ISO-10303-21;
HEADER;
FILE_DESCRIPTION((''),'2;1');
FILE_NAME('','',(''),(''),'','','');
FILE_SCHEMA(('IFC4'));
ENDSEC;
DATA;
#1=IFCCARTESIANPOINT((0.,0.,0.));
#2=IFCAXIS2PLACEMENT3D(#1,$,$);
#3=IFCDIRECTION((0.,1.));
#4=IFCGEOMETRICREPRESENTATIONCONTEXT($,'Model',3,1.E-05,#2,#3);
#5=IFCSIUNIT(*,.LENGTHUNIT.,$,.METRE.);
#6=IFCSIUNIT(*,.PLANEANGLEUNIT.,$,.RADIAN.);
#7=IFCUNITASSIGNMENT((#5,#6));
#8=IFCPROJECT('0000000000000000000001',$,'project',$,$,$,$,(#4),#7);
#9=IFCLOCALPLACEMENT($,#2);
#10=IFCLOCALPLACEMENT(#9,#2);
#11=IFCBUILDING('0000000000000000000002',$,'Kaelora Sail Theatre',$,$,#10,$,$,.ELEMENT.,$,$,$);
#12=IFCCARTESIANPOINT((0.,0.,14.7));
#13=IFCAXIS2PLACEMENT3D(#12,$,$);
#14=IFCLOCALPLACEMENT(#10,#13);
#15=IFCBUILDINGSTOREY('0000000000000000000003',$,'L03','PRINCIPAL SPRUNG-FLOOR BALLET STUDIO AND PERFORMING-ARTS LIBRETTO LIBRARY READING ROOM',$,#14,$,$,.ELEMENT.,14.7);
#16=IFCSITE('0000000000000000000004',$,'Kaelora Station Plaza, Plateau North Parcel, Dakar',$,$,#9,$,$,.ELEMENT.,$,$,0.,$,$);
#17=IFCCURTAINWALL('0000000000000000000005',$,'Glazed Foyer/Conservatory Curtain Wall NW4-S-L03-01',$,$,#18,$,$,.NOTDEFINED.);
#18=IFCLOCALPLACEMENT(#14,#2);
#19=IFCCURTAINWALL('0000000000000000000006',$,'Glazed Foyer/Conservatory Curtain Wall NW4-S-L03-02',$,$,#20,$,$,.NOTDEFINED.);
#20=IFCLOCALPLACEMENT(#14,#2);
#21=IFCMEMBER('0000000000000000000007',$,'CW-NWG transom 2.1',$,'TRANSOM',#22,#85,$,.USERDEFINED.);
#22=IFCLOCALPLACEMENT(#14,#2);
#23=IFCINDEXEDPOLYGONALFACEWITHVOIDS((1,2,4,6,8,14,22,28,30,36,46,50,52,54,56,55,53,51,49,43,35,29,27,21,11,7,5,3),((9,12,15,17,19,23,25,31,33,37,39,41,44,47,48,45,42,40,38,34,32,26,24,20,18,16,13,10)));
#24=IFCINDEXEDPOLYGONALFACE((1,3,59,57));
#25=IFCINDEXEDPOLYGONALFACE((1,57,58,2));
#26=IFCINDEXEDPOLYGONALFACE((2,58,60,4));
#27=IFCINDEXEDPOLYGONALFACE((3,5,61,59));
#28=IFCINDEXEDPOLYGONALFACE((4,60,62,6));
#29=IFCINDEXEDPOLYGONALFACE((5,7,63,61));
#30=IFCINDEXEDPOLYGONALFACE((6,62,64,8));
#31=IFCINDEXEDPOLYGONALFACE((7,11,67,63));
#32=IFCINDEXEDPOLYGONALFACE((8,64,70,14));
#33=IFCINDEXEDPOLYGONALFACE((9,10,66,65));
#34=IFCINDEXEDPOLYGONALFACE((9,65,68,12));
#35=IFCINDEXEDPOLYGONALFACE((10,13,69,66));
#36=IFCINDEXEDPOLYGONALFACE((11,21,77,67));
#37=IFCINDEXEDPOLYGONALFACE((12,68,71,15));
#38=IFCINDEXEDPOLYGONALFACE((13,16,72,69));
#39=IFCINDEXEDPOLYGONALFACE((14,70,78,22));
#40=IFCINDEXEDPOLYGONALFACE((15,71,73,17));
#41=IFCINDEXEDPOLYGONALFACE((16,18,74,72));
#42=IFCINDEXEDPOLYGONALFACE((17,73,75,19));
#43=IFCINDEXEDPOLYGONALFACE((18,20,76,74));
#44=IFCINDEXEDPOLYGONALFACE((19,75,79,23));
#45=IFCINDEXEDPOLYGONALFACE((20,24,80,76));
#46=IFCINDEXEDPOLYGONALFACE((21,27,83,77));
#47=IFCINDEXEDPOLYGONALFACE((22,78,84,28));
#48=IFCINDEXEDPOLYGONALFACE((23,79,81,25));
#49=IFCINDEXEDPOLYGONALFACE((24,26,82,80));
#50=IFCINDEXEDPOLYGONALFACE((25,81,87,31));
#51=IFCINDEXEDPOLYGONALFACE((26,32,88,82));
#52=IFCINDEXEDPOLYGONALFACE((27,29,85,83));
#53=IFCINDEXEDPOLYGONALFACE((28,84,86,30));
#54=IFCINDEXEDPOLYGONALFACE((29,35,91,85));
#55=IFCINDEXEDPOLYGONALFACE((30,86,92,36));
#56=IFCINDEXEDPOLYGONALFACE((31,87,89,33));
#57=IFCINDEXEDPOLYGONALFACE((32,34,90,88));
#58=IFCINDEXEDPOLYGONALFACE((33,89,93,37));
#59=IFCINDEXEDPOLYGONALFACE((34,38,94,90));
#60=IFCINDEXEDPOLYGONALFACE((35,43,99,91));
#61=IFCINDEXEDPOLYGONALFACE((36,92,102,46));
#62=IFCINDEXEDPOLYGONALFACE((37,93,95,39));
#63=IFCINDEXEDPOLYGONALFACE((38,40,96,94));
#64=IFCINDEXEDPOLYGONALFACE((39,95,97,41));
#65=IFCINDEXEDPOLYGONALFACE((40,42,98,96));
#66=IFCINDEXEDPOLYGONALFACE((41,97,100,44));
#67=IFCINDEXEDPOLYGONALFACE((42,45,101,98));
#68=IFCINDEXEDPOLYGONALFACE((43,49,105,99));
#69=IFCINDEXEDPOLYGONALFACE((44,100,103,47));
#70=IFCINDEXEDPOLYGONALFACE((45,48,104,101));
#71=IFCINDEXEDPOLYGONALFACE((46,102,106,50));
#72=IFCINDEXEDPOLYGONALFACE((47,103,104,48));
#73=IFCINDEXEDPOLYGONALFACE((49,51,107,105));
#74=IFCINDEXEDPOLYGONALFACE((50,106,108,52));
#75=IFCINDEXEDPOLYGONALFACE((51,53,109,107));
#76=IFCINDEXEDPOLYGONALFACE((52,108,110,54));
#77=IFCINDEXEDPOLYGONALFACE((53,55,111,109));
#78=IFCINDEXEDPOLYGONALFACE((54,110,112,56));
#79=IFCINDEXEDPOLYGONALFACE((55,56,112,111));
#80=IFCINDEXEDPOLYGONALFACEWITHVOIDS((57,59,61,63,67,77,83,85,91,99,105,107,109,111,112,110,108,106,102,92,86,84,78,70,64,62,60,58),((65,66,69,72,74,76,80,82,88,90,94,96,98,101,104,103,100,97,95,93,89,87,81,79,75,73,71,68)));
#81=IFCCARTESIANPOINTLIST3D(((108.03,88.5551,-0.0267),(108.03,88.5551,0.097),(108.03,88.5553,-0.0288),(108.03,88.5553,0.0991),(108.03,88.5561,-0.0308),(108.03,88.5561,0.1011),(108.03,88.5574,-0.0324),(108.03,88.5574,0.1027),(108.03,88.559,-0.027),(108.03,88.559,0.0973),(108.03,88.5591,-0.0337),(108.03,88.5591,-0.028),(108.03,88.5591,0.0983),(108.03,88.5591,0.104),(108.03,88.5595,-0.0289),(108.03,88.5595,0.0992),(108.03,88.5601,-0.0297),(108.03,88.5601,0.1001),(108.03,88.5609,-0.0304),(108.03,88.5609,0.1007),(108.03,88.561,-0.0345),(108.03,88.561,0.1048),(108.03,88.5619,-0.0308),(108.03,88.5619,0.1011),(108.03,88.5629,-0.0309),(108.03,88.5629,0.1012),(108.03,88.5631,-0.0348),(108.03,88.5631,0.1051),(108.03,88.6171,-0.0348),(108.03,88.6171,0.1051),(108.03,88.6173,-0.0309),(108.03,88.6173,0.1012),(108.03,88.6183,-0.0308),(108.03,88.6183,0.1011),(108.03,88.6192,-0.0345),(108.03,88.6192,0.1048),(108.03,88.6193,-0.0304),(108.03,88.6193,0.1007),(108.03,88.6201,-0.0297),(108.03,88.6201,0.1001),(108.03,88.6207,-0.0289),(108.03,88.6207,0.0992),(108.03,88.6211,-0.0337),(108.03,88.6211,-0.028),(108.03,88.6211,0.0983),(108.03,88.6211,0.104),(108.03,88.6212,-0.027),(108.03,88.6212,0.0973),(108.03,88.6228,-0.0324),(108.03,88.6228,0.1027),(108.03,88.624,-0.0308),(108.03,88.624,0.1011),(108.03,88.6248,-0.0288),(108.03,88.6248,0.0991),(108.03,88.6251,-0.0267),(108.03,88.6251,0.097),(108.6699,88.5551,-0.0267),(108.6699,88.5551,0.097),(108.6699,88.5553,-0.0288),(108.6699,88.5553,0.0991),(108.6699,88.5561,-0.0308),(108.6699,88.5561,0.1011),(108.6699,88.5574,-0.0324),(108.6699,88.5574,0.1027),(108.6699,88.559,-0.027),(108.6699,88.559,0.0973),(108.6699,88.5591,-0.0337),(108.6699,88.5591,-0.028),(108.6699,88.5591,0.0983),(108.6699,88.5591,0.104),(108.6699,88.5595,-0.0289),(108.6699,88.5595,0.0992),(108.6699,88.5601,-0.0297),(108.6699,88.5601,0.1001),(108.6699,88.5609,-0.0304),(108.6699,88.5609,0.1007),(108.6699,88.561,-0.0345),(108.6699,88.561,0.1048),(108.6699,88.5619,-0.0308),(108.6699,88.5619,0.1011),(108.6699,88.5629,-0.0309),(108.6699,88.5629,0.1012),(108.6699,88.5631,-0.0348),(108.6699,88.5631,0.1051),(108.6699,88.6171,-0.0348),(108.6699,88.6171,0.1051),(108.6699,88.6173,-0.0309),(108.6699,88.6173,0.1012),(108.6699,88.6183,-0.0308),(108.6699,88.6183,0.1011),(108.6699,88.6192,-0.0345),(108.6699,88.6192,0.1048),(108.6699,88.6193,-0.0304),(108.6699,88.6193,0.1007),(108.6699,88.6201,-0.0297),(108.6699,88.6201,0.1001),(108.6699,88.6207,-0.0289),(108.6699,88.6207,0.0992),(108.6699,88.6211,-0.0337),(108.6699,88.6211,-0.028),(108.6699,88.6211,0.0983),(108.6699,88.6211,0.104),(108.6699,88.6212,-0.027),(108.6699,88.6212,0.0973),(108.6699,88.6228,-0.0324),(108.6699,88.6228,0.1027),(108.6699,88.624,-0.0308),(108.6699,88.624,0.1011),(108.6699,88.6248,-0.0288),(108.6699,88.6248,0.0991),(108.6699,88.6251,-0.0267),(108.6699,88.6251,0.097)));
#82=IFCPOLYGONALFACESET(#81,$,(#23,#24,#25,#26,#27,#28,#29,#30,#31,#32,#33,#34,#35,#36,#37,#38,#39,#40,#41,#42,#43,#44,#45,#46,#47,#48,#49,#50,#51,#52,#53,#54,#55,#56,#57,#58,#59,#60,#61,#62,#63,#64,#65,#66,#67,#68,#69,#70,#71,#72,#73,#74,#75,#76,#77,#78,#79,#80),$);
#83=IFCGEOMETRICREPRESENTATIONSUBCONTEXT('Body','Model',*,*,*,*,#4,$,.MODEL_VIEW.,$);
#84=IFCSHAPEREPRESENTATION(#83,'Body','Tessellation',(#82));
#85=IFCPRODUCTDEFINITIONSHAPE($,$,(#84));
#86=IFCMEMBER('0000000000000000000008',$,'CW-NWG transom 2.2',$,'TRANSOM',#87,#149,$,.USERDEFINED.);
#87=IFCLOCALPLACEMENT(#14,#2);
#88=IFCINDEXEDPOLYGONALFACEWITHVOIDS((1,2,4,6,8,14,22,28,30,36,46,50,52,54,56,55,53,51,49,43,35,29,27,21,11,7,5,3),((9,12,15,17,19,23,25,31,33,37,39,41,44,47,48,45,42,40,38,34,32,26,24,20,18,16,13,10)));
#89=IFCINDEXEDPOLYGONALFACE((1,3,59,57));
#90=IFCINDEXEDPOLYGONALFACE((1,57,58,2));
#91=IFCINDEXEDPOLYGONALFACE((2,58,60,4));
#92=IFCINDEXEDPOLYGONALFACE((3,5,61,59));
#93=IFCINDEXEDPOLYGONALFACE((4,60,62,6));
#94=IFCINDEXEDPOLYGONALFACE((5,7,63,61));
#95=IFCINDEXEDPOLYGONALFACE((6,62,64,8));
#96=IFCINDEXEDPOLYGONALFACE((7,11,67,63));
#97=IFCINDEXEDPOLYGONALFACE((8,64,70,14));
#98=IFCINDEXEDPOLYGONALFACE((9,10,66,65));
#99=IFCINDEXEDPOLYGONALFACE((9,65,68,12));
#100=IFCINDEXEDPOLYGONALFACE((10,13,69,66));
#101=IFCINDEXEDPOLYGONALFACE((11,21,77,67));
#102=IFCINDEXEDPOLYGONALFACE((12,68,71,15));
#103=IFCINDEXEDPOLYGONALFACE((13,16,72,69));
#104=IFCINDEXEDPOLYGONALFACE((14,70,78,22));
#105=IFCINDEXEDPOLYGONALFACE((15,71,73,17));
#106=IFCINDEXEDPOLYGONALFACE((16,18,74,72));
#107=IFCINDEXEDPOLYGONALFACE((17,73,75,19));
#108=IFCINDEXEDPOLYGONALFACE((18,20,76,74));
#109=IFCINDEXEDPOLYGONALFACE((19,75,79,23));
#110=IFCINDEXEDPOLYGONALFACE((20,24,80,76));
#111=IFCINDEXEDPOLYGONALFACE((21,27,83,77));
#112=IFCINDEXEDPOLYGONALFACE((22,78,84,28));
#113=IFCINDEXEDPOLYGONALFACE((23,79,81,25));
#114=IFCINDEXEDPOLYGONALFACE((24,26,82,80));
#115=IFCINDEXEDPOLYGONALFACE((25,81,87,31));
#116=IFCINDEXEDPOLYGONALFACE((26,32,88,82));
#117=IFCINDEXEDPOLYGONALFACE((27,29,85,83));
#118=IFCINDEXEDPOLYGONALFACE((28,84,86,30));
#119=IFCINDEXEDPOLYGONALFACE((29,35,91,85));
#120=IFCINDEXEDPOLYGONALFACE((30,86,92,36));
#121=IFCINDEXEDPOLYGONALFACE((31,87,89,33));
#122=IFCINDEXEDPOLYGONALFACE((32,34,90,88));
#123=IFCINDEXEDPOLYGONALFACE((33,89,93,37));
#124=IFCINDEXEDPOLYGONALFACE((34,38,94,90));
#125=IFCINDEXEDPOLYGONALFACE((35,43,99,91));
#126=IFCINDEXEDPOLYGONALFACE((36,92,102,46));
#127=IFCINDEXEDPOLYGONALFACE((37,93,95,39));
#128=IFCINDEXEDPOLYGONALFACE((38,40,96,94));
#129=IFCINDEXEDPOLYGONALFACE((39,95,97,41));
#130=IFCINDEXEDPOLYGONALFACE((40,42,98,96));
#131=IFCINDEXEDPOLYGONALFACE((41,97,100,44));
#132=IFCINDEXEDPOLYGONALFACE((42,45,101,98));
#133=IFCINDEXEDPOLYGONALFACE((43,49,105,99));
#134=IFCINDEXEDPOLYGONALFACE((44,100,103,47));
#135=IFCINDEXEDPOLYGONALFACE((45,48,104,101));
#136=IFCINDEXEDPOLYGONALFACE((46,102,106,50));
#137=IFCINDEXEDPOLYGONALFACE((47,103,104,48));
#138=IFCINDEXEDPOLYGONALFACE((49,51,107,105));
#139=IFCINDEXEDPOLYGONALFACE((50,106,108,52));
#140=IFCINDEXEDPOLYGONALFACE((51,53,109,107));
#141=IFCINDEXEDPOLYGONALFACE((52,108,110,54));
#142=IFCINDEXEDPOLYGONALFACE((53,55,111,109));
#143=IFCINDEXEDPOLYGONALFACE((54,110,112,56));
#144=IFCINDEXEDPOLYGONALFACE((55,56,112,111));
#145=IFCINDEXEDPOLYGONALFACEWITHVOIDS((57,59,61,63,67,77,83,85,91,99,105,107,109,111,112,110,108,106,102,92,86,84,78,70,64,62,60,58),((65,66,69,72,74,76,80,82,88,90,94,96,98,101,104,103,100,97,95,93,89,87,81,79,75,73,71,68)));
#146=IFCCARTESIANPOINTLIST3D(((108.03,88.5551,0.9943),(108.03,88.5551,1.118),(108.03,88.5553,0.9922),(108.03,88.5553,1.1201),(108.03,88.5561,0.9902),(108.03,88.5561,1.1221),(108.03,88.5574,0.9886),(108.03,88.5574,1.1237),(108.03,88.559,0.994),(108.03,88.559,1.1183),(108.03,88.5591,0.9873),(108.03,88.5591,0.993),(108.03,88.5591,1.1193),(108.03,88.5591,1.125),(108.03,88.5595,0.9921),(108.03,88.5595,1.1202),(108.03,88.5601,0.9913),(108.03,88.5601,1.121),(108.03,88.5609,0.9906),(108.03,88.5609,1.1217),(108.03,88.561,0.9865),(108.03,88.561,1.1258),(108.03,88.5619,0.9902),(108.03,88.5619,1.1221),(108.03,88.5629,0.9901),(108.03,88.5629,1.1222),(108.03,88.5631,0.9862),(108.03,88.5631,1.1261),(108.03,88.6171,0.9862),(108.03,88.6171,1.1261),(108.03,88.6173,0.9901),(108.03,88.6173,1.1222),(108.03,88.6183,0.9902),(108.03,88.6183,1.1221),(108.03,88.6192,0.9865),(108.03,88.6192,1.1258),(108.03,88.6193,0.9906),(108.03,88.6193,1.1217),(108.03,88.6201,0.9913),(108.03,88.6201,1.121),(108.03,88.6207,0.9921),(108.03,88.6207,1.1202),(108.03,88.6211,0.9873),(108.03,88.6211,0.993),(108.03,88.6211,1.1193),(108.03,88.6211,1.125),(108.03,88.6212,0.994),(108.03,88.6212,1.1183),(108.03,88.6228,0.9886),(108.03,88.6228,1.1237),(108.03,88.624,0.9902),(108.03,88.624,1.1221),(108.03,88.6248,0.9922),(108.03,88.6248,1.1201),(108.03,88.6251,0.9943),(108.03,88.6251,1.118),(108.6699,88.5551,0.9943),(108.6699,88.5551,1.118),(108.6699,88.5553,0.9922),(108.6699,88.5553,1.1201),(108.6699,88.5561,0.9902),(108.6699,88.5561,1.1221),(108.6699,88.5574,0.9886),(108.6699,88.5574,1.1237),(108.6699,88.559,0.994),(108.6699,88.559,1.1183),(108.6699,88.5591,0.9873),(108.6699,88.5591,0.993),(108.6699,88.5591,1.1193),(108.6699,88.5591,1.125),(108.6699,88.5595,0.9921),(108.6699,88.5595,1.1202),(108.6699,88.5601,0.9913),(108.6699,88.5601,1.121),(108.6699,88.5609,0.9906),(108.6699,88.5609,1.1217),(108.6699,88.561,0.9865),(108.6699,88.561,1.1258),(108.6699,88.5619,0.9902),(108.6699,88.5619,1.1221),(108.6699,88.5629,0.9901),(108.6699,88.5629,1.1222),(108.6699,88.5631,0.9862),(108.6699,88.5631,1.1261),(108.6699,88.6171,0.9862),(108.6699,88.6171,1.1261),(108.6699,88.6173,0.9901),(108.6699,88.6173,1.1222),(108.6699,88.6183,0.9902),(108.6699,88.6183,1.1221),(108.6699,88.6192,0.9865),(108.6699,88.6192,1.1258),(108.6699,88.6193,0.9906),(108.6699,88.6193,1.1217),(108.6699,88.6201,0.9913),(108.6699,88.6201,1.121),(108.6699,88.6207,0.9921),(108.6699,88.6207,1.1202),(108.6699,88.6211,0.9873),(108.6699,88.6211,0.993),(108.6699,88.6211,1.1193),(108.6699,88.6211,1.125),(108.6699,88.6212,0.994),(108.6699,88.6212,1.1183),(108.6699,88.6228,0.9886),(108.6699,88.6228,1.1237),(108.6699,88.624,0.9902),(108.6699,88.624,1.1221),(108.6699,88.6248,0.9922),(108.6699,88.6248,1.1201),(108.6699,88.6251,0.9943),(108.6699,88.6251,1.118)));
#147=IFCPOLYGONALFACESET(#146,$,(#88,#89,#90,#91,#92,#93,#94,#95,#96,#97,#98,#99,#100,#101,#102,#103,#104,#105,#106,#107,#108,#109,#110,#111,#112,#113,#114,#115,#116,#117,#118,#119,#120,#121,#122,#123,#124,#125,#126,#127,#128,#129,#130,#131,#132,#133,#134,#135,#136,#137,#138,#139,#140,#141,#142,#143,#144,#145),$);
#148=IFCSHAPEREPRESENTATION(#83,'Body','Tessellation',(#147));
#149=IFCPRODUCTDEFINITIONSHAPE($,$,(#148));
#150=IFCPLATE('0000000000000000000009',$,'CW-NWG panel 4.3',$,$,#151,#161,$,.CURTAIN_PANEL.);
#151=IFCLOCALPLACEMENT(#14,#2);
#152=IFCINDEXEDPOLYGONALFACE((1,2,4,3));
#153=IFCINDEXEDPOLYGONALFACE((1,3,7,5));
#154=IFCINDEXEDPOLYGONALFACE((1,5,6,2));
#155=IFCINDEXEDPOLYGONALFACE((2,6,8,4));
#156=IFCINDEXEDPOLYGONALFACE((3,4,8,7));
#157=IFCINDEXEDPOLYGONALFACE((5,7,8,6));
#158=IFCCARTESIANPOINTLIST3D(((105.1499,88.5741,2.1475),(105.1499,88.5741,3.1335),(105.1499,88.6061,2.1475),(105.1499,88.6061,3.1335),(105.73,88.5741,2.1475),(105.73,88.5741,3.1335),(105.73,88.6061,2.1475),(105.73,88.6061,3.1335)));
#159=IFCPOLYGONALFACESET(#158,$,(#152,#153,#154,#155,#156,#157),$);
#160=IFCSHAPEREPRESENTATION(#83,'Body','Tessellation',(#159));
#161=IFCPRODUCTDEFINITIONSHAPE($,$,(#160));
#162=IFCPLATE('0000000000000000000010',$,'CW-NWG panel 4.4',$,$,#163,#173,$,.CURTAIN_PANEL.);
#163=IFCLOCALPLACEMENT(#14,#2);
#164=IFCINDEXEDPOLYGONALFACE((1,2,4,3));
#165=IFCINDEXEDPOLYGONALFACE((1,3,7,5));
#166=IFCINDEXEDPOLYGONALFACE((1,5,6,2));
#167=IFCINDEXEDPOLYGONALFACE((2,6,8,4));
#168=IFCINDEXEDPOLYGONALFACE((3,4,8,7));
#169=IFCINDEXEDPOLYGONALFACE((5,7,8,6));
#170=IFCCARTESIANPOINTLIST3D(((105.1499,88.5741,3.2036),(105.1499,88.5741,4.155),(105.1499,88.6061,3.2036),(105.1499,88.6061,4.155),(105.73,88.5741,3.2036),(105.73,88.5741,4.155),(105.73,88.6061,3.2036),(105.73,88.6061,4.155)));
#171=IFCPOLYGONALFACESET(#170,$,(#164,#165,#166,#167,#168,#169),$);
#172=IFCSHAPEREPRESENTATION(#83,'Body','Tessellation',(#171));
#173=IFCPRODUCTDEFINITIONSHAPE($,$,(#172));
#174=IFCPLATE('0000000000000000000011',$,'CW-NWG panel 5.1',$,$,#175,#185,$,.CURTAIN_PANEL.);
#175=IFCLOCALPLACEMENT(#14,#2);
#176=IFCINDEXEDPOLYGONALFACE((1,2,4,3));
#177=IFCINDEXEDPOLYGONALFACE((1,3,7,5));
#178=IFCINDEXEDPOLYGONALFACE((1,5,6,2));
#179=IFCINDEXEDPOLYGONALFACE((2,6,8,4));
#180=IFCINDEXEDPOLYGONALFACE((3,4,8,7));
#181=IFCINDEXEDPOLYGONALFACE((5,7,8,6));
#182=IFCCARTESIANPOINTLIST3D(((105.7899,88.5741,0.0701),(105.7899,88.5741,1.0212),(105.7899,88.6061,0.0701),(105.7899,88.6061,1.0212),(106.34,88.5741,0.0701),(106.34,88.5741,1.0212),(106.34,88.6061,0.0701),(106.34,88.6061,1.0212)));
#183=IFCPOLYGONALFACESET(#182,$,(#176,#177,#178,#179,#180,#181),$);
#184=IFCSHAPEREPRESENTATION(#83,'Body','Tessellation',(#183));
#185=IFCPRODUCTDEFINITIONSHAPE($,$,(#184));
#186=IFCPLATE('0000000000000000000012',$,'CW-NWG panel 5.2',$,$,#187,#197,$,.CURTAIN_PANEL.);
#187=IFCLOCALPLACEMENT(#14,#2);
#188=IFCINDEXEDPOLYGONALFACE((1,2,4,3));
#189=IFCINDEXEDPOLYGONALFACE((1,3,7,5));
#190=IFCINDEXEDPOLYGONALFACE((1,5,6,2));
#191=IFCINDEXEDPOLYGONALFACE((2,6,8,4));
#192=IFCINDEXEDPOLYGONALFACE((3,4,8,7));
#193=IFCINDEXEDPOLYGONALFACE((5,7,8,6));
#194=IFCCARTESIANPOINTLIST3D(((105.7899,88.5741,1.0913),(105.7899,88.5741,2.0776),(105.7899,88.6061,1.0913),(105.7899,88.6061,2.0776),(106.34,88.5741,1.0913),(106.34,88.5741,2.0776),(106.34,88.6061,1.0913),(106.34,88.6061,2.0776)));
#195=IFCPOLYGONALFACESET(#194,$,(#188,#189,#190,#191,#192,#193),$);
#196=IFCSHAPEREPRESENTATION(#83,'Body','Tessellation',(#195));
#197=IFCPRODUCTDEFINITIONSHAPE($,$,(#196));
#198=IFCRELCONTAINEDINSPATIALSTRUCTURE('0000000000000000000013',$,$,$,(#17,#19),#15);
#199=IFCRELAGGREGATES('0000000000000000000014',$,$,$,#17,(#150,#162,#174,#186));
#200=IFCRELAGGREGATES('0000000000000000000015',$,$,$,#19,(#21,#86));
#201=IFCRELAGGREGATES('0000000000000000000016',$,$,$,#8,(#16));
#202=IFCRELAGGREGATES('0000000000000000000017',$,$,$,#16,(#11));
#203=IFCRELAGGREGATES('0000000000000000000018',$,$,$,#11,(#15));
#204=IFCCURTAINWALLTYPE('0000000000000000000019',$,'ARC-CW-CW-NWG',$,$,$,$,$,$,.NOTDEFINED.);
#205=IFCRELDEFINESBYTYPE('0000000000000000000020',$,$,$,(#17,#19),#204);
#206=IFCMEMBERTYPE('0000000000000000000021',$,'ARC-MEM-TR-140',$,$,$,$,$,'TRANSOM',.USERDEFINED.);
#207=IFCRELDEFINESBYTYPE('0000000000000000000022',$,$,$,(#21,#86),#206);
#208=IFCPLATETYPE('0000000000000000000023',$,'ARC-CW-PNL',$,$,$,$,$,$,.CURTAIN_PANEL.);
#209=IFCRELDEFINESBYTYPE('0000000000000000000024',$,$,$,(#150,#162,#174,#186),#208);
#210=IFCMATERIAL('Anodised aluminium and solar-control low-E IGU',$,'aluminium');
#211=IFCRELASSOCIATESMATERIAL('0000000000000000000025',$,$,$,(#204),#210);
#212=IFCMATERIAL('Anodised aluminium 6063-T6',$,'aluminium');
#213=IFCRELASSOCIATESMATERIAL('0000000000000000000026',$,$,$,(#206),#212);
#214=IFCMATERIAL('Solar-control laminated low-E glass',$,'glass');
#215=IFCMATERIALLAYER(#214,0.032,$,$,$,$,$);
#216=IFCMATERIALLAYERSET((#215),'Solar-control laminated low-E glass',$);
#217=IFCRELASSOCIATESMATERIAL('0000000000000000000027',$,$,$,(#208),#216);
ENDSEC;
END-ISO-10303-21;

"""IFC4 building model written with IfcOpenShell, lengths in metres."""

from ifc_helpers import new_model, si_unit, direction, frame, origin, origin_2d, place, context, subcontext, project, spatial, rectangle, hollow_rectangle, extrude, material, layer, layer_set, material_profile, profile_set, type_object, element, aggregate, save


model = new_model("IFC4")

# Units and contexts
model_context = context("Model", 3, precision=1e-05, world=origin(), true_north=direction((0.0, 1.0)))
body_context = subcontext(model_context, "Body", "Model", "MODEL_VIEW")
ifc_project = project(units=[si_unit("LENGTHUNIT", "METRE"), si_unit("PLANEANGLEUNIT", "RADIAN")], contexts=[model_context])

# Site, building, storey
site_placement = place(None, origin())
site = spatial("IfcSite", under=ifc_project, at=site_placement, Name="Kaelora Station Plaza, Plateau North Parcel, Dakar", CompositionType="ELEMENT", RefElevation=0.0)
building_placement = place(site_placement, origin())
building = spatial("IfcBuilding", under=site, at=building_placement, Name="Kaelora Sail Theatre", CompositionType="ELEMENT")
storey_placement = place(building_placement, frame((0.0, 0.0, 14.7)))
storey = spatial("IfcBuildingStorey", under=building, at=storey_placement, Name="L03", Description="PRINCIPAL SPRUNG-FLOOR BALLET STUDIO AND PERFORMING-ARTS LIBRETTO LIBRARY READING ROOM", CompositionType="ELEMENT", Elevation=14.7)

# Curtain walls
ifc_material_1 = material(Name="Anodised aluminium and solar-control low-E IGU", Category="aluminium")
curtain_wall_type = type_object("IfcCurtainWallType", Name="ARC-CW-CW-NWG", PredefinedType="NOTDEFINED", material=ifc_material_1)
curtain_wall_1_placement = place(storey_placement, origin())
curtain_wall_1 = element("IfcCurtainWall", 1, at=curtain_wall_1_placement, inside=storey, type_object=curtain_wall_type, Name="Glazed Foyer/Conservatory Curtain Wall NW4-S-L03-01", PredefinedType="NOTDEFINED")
curtain_wall_2_placement = place(storey_placement, origin())
curtain_wall_2 = element("IfcCurtainWall", 2, at=curtain_wall_2_placement, inside=storey, type_object=curtain_wall_type, Name="Glazed Foyer/Conservatory Curtain Wall NW4-S-L03-02", PredefinedType="NOTDEFINED")

# Members
ifc_material_2 = material(Name="Anodised aluminium 6063-T6", Category="aluminium")
ifc_material_profile_1 = material_profile(ifc_material_2, hollow_rectangle(XDim=0.0701, YDim=0.1399, WallThickness=0.0039, InnerFilletRadius=0.0039, OuterFilletRadius=0.0081, at=origin_2d()), Name="ALU-TRAN 70x140x4")
ifc_profile_set_1 = profile_set([ifc_material_profile_1], Name="Anodised aluminium 6063-T6")
member_type_1 = type_object("IfcMemberType", Name="ARC-MEM-TR-140", ElementType="TRANSOM", PredefinedType="USERDEFINED", material=ifc_profile_set_1)
member_1_placement = place(storey_placement, frame((108.03, 88.5901, 0.0352), z_axis=(1.0, 0.0, 0.0), x_axis=(0.0, 1.0, 0.0)))
member_1 = element("IfcMember", 3, at=member_1_placement, type_object=member_type_1, Name="CW-NWG transom 2.1", ObjectType="TRANSOM", PredefinedType="USERDEFINED", context=body_context, shape_type="SweptSolid", body=[
    extrude(hollow_rectangle(XDim=0.0701, YDim=0.1399, WallThickness=0.0039, InnerFilletRadius=0.0039, OuterFilletRadius=0.0081, at=origin_2d()), origin(), (0.0, 0.0, 1.0), 0.6399),
])
member_2_placement = place(storey_placement, frame((108.03, 88.5901, 1.0562), z_axis=(1.0, 0.0, 0.0), x_axis=(0.0, 1.0, 0.0)))
member_2 = element("IfcMember", 4, at=member_2_placement, type_object=member_type_1, Name="CW-NWG transom 2.2", ObjectType="TRANSOM", PredefinedType="USERDEFINED", context=body_context, shape_type="SweptSolid", body=[
    extrude(hollow_rectangle(XDim=0.0701, YDim=0.1399, WallThickness=0.0039, InnerFilletRadius=0.0039, OuterFilletRadius=0.0081, at=origin_2d()), origin(), (0.0, 0.0, 1.0), 0.6399),
])

# Plates
ifc_material_3 = material(Name="Solar-control laminated low-E glass", Category="glass")
ifc_layer = layer(ifc_material_3, 0.032)
ifc_layer_set = layer_set([ifc_layer], Name="Solar-control laminated low-E glass")
plate_type = type_object("IfcPlateType", Name="ARC-CW-PNL", PredefinedType="CURTAIN_PANEL", material=ifc_layer_set)
plate_1_placement = place(storey_placement, frame((105.4399, 88.5901, 2.1475), z_axis=(0.0, 0.0, 1.0), x_axis=(1.0, 0.0, 0.0)))
plate_1 = element("IfcPlate", 5, at=plate_1_placement, type_object=plate_type, Name="CW-NWG panel 4.3", PredefinedType="CURTAIN_PANEL", context=body_context, shape_type="SweptSolid", body=[
    extrude(rectangle(XDim=0.5801, YDim=0.032, at=origin_2d()), origin(), (0.0, 0.0, 1.0), 0.9861),
])
plate_2_placement = place(storey_placement, frame((105.4399, 88.5901, 3.2036), z_axis=(0.0, 0.0, 1.0), x_axis=(1.0, 0.0, 0.0)))
plate_2 = element("IfcPlate", 6, at=plate_2_placement, type_object=plate_type, Name="CW-NWG panel 4.4", PredefinedType="CURTAIN_PANEL", context=body_context, shape_type="SweptSolid", body=[
    extrude(rectangle(XDim=0.5801, YDim=0.032, at=origin_2d()), origin(), (0.0, 0.0, 1.0), 0.9514),
])
plate_3_placement = place(storey_placement, frame((106.0649, 88.5901, 0.0701), z_axis=(0.0, 0.0, 1.0), x_axis=(1.0, 0.0, 0.0)))
plate_3 = element("IfcPlate", 7, at=plate_3_placement, type_object=plate_type, Name="CW-NWG panel 5.1", PredefinedType="CURTAIN_PANEL", context=body_context, shape_type="SweptSolid", body=[
    extrude(rectangle(XDim=0.55, YDim=0.032, at=origin_2d()), origin(), (0.0, 0.0, 1.0), 0.9512),
])
plate_4_placement = place(storey_placement, frame((106.0649, 88.5901, 1.0913), z_axis=(0.0, 0.0, 1.0), x_axis=(1.0, 0.0, 0.0)))
plate_4 = element("IfcPlate", 8, at=plate_4_placement, type_object=plate_type, Name="CW-NWG panel 5.2", PredefinedType="CURTAIN_PANEL", context=body_context, shape_type="SweptSolid", body=[
    extrude(rectangle(XDim=0.55, YDim=0.032, at=origin_2d()), origin(), (0.0, 0.0, 1.0), 0.9863),
])
aggregate(curtain_wall_1, [plate_1, plate_2, plate_3, plate_4])
aggregate(curtain_wall_2, [member_1, member_2])

save(model, "model.ifc")
